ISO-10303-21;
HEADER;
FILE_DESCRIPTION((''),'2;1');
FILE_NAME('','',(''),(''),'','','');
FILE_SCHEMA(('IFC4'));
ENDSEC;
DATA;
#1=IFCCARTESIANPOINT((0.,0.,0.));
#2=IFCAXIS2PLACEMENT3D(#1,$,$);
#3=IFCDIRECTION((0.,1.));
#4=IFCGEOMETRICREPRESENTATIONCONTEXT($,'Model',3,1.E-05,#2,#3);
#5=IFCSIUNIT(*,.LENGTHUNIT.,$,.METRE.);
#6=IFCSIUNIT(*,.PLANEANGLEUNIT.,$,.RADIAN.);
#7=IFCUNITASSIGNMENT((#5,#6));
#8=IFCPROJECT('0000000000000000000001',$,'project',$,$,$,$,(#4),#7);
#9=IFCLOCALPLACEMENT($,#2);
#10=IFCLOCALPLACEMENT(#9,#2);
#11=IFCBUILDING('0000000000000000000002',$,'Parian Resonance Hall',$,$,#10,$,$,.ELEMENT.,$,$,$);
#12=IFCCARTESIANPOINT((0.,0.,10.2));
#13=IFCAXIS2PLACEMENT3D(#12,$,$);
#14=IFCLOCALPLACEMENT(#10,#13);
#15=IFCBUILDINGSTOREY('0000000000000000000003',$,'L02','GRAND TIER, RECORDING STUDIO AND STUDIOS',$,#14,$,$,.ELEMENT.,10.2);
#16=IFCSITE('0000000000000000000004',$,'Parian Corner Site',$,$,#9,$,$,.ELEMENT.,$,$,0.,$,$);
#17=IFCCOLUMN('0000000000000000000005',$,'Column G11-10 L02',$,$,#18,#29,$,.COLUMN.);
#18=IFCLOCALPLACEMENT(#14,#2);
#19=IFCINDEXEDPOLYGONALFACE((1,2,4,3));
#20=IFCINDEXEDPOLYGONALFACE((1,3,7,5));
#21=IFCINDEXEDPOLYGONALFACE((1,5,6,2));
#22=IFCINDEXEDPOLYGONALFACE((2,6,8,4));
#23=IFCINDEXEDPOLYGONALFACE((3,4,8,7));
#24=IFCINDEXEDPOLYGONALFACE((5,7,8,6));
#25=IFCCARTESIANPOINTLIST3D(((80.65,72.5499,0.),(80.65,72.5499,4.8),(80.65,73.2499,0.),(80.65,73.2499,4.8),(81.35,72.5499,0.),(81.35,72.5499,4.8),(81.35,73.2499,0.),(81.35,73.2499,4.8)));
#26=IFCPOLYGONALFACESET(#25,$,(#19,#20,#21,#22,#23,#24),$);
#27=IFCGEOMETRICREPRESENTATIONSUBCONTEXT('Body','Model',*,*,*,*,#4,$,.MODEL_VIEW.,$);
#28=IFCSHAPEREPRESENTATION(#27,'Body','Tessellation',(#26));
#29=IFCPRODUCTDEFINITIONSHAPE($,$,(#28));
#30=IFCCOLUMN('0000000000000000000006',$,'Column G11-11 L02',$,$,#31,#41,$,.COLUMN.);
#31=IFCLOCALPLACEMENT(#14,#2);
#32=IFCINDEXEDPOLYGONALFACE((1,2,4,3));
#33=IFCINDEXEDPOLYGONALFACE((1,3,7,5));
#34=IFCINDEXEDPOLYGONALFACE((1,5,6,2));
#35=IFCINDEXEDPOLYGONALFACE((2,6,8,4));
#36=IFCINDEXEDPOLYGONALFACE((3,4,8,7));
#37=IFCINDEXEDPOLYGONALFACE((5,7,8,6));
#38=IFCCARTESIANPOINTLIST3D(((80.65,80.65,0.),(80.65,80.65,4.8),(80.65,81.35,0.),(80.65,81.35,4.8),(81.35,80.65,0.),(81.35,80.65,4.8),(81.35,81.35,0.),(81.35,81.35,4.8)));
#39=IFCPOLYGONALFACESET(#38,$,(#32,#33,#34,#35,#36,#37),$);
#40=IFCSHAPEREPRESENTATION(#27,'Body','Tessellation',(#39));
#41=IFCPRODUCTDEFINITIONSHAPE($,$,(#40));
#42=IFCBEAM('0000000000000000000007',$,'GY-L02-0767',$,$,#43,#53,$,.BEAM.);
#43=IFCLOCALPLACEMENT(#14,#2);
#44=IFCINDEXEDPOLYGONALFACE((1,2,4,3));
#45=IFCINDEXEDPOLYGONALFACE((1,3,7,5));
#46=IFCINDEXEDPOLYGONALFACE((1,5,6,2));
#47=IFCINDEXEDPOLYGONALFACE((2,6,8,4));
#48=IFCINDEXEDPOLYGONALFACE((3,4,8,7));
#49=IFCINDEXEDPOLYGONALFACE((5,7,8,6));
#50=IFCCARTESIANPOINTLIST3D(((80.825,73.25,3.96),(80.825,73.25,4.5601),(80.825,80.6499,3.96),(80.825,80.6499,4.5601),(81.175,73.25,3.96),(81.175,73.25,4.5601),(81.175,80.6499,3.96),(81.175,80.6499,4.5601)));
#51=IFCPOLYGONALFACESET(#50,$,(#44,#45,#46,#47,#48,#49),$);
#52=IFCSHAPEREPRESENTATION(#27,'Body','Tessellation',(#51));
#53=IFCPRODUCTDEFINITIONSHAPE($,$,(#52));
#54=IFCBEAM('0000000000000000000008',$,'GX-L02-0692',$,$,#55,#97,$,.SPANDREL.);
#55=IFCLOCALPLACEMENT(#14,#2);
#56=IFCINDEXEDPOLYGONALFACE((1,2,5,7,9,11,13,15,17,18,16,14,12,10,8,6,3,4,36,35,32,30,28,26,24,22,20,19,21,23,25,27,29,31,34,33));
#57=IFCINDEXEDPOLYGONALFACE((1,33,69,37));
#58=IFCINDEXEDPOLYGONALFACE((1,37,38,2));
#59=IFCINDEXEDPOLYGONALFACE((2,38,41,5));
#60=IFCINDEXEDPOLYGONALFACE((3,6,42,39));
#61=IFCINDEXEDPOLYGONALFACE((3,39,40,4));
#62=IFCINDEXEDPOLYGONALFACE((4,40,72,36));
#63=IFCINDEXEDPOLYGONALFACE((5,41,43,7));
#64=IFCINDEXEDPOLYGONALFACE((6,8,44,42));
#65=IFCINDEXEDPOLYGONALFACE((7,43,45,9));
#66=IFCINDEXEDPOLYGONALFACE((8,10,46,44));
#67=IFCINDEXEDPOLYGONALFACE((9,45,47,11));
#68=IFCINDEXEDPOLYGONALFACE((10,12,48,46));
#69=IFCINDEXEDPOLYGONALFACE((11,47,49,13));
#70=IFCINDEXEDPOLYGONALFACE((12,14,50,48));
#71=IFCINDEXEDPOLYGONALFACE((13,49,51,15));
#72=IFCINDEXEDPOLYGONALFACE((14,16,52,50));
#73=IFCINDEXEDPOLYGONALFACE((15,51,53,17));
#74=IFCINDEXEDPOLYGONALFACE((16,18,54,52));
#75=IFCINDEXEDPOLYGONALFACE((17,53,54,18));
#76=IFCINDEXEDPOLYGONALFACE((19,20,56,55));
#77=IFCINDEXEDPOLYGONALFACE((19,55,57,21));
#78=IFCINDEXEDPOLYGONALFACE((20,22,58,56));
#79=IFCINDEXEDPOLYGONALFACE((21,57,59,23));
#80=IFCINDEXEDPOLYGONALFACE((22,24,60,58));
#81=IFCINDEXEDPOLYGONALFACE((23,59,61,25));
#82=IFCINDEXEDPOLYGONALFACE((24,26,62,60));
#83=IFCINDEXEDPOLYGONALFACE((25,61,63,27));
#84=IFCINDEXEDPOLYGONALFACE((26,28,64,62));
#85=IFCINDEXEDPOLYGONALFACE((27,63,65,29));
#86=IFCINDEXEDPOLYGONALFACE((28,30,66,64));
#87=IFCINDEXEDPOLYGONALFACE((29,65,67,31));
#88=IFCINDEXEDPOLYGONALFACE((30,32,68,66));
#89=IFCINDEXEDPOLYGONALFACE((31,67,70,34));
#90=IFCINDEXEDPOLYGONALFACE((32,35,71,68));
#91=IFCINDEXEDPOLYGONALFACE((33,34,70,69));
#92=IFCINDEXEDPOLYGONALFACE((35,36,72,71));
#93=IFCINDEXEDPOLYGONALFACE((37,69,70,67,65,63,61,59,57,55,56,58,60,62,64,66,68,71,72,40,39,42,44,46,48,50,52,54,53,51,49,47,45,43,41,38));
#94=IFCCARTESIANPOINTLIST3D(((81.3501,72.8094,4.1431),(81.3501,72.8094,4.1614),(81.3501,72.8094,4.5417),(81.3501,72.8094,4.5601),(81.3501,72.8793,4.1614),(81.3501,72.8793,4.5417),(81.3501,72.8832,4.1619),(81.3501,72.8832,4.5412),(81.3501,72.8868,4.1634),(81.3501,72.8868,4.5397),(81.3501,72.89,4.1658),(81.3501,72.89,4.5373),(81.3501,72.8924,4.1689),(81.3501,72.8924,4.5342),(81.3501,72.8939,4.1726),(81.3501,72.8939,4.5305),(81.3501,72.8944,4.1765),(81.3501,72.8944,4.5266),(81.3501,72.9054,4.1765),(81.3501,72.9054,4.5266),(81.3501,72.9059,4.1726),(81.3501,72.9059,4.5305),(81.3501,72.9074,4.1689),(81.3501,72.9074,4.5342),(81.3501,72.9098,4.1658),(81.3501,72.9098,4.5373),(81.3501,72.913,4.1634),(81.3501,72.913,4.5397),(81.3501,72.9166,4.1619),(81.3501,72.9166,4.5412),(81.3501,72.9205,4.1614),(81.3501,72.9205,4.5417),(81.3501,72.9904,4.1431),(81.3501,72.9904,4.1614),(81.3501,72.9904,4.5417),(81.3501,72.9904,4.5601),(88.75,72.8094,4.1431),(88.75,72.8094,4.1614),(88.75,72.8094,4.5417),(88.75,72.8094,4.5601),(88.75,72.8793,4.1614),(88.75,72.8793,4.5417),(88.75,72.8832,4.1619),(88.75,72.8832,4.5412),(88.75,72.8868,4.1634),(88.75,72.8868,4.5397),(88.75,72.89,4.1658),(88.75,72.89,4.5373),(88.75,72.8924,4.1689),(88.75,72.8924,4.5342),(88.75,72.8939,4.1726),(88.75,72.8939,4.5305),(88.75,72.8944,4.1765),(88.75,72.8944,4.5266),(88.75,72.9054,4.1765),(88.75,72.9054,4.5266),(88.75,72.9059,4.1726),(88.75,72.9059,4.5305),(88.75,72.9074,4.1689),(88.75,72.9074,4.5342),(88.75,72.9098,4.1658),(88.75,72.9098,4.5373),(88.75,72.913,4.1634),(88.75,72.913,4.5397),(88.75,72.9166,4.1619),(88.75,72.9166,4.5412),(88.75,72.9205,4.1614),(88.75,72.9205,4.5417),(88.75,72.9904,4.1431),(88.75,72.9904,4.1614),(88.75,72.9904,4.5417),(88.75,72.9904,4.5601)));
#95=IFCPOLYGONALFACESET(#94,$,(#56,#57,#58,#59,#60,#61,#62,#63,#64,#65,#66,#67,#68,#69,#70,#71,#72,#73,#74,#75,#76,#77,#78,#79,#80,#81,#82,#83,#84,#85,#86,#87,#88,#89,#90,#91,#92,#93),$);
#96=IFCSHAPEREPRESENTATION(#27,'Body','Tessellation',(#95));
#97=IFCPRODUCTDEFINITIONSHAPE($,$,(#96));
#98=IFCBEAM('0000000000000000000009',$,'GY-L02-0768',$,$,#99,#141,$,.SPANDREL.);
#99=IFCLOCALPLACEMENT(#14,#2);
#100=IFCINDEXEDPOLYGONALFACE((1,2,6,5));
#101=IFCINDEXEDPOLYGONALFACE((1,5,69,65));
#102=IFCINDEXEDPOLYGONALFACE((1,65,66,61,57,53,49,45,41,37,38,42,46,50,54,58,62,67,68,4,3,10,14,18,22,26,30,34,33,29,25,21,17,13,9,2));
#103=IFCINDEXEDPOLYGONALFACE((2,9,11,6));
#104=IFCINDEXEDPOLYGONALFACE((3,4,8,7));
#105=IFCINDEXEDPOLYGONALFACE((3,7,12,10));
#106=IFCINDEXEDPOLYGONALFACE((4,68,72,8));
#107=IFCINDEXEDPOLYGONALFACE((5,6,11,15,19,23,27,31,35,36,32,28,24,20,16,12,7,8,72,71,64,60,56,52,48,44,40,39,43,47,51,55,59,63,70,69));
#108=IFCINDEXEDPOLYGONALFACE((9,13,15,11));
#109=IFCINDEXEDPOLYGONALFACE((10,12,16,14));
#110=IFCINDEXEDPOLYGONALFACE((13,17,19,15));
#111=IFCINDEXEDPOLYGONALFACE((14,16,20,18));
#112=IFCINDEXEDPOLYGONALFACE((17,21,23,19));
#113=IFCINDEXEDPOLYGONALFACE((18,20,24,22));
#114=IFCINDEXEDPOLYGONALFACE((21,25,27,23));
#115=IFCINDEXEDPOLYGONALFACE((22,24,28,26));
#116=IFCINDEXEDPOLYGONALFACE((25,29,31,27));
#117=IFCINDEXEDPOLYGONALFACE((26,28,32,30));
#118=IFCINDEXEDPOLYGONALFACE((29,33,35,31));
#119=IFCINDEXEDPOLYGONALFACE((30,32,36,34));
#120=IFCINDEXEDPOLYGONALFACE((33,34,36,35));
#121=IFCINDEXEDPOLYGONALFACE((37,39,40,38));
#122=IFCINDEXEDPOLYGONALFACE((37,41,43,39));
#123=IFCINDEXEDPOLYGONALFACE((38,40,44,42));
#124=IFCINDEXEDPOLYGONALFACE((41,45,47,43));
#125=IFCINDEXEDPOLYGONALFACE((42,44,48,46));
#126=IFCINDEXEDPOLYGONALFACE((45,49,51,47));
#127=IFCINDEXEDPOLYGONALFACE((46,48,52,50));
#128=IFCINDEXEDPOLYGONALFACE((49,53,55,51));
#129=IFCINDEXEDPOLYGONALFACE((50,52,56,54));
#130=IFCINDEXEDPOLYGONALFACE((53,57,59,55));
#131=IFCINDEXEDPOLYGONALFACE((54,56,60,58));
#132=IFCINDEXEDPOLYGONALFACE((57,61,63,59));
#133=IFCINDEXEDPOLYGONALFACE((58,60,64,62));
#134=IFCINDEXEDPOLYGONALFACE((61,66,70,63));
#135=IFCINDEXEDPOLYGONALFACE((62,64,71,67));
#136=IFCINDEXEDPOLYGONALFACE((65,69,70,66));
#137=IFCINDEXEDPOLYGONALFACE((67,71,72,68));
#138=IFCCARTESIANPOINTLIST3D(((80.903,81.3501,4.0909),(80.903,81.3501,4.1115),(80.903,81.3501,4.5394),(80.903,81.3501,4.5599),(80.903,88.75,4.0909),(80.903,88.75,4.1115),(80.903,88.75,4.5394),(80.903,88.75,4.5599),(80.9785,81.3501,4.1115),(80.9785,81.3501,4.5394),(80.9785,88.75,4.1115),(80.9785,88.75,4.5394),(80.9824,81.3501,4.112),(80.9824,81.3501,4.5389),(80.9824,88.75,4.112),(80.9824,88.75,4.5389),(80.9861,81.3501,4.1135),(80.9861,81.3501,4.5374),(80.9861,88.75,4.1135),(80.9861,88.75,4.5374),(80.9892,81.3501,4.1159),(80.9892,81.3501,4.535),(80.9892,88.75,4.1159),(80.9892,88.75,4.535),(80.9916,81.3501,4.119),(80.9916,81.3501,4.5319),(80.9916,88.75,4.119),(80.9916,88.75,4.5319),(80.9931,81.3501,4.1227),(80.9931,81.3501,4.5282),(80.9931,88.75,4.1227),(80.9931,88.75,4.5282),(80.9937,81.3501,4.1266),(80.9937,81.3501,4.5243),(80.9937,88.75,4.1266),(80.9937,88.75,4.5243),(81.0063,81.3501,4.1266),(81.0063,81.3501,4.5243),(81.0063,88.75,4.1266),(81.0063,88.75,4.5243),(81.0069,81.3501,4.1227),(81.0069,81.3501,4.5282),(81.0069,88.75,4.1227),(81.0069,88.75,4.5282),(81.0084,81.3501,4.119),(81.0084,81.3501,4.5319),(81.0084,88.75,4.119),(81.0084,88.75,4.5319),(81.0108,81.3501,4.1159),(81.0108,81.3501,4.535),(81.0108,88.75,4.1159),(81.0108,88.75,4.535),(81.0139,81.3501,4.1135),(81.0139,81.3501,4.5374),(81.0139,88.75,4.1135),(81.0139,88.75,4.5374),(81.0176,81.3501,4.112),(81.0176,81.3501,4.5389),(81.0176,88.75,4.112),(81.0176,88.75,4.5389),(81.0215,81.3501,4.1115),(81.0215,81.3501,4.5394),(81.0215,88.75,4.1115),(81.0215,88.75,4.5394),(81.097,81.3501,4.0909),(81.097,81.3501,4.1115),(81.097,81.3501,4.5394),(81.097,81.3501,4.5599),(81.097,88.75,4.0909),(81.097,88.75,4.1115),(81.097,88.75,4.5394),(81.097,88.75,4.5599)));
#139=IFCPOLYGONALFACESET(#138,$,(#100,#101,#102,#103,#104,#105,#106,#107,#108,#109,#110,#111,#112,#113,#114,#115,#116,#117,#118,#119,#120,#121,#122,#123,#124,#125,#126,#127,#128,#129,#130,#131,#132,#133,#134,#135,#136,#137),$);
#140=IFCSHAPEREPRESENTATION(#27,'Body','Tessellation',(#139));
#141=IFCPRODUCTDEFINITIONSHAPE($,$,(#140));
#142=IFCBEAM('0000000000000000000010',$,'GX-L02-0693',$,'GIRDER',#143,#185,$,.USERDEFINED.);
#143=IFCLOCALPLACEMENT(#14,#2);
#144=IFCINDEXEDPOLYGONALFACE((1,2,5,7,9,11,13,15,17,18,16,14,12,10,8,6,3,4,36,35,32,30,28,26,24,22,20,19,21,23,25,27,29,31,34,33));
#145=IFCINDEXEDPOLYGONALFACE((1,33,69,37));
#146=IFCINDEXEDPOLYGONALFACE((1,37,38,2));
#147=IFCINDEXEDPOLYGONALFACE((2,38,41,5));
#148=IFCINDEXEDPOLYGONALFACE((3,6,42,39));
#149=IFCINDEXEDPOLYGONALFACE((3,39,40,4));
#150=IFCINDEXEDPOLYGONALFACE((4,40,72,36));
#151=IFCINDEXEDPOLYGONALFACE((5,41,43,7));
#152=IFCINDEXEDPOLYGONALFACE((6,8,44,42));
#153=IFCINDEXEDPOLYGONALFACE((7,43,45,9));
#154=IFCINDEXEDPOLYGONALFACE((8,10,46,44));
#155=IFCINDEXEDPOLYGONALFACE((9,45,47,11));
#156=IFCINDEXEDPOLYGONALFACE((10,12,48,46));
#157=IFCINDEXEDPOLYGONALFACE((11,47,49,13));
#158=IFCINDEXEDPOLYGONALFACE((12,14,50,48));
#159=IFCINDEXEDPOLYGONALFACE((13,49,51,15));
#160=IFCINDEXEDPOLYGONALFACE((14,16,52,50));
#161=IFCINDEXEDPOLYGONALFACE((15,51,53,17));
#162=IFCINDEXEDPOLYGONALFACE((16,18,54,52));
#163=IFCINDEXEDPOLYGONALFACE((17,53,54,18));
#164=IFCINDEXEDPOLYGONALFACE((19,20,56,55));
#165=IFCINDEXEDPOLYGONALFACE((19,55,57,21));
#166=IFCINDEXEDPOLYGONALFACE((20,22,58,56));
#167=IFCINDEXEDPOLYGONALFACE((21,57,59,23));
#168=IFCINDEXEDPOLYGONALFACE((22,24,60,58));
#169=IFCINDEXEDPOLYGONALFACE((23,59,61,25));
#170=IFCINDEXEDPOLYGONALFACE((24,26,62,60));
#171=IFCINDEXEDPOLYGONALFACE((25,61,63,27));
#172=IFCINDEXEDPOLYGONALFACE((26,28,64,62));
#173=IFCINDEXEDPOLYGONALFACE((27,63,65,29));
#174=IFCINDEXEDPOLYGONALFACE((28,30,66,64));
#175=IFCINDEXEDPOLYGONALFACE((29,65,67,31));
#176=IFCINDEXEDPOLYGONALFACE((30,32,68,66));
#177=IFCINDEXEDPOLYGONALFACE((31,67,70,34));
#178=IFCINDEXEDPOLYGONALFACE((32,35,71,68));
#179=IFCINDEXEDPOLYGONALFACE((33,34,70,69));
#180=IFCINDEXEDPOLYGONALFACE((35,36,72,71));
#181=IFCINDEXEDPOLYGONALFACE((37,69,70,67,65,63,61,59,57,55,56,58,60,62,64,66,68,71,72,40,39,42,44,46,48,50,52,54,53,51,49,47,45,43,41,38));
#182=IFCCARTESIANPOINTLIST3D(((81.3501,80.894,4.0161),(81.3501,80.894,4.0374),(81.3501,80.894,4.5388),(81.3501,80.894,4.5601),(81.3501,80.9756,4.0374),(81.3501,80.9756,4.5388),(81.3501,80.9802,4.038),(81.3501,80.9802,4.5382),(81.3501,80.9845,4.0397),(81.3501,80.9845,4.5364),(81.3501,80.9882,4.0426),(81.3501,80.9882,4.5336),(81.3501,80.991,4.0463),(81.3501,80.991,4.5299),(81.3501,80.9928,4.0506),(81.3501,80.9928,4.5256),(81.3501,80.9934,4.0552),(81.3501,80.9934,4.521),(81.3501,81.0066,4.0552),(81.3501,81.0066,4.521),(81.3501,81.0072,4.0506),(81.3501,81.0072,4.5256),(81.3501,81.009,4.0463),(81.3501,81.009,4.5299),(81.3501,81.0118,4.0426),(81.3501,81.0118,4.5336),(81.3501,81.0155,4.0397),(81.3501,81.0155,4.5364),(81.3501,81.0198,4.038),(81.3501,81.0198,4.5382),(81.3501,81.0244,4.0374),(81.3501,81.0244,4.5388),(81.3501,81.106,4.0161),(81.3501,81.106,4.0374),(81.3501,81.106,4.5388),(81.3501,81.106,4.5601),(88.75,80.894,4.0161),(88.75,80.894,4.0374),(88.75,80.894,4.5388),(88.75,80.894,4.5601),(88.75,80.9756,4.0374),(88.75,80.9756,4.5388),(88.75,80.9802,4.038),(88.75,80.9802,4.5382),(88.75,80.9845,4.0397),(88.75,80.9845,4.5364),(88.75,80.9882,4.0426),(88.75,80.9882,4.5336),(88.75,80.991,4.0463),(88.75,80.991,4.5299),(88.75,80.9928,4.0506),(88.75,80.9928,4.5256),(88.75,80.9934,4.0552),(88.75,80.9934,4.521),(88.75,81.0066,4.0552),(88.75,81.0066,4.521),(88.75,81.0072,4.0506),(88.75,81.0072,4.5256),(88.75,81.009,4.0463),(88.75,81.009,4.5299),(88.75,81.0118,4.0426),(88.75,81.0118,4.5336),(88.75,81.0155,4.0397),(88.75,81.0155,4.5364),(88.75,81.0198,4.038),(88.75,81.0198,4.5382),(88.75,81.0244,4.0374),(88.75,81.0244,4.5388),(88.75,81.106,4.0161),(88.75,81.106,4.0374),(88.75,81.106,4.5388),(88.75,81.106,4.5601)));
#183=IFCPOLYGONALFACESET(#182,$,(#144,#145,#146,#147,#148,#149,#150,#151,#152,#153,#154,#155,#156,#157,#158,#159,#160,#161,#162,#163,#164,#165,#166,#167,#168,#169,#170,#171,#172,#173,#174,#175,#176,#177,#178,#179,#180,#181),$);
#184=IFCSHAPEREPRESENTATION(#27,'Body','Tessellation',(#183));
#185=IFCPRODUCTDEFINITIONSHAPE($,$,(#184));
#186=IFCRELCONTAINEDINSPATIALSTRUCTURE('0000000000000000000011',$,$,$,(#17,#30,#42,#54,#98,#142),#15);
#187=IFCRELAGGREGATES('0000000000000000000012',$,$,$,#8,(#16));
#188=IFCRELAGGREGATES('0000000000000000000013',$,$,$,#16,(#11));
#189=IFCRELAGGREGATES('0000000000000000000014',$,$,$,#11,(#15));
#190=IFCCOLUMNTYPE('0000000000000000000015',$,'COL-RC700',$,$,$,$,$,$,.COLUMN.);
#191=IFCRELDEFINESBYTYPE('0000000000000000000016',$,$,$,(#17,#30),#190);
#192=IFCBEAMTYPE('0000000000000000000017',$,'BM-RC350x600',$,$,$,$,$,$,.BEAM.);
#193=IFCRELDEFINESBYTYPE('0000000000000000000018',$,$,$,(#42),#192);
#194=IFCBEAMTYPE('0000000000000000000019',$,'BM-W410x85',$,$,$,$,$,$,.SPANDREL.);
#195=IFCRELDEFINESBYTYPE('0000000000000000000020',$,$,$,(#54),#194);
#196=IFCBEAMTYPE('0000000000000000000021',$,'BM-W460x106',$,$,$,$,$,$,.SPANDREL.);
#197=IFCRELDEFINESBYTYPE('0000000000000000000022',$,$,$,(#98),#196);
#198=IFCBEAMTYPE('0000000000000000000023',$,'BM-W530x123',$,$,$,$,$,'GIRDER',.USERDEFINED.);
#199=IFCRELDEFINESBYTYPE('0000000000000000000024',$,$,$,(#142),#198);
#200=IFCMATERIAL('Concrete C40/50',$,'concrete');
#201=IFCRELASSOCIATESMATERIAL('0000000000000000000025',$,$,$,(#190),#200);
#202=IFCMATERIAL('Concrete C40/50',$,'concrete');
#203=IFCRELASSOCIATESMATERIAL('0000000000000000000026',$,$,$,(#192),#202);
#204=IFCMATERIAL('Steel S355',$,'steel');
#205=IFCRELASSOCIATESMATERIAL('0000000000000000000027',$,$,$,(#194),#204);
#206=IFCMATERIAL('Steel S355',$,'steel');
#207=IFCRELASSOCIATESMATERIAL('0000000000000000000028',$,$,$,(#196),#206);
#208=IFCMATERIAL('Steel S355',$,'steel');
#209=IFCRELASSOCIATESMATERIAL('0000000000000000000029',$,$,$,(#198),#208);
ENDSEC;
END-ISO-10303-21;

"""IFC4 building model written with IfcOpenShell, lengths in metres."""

from ifc_helpers import new_model, si_unit, direction, frame, origin, origin_2d, place, context, subcontext, project, spatial, rectangle, i_section, extrude, material, material_profile, profile_set, type_object, element, save


model = new_model("IFC4")

# Units and contexts
model_context = context("Model", 3, precision=1e-05, world=origin(), true_north=direction((0.0, 1.0)))
body_context = subcontext(model_context, "Body", "Model", "MODEL_VIEW")
ifc_project = project(units=[si_unit("LENGTHUNIT", "METRE"), si_unit("PLANEANGLEUNIT", "RADIAN")], contexts=[model_context])

# Site, building, storey
site_placement = place(None, origin())
site = spatial("IfcSite", under=ifc_project, at=site_placement, Name="Parian Corner Site", CompositionType="ELEMENT", RefElevation=0.0)
building_placement = place(site_placement, origin())
building = spatial("IfcBuilding", under=site, at=building_placement, Name="Parian Resonance Hall", CompositionType="ELEMENT")
storey_placement = place(building_placement, frame((0.0, 0.0, 10.2)))
storey = spatial("IfcBuildingStorey", under=building, at=storey_placement, Name="L02", Description="GRAND TIER, RECORDING STUDIO AND STUDIOS", CompositionType="ELEMENT", Elevation=10.2)

# Columns
ifc_material_1 = material(Name="Concrete C40/50", Category="concrete")
ifc_material_profile_1 = material_profile(ifc_material_1, rectangle(XDim=0.7, YDim=0.7, at=origin_2d()), Name="RC-COL-700x700")
ifc_profile_set_1 = profile_set([ifc_material_profile_1], Name="Concrete C40/50")
column_type = type_object("IfcColumnType", Name="COL-RC700", PredefinedType="COLUMN", material=ifc_profile_set_1)
for number, where, z_axis, x_axis, name in (
    (1, (81.0, 72.8999, 0.0), (0.0, 0.0, 1.0), (1.0, 0.0, 0.0), "Column G11-10 L02"),
    (2, (81.0, 81.0, 0.0), (0.0, 0.0, 1.0), (1.0, 0.0, 0.0), "Column G11-11 L02"),
):
    element("IfcColumn", number, at=place(storey_placement, frame(where, z_axis=z_axis, x_axis=x_axis)), inside=storey, type_object=column_type, Name=name, PredefinedType="COLUMN", context=body_context, shape_type="SweptSolid", body=[
        extrude(rectangle(XDim=0.7, YDim=0.7, at=origin_2d()), origin(), (0.0, 0.0, 1.0), 4.8),
    ])

# Beams
ifc_material_2 = material(Name="Concrete C40/50", Category="concrete")
ifc_material_profile_2 = material_profile(ifc_material_2, rectangle(XDim=0.3501, YDim=0.6001, at=origin_2d()), Name="RC-BM-350x600")
ifc_profile_set_2 = profile_set([ifc_material_profile_2], Name="Concrete C40/50")
beam_type_1 = type_object("IfcBeamType", Name="BM-RC350x600", PredefinedType="BEAM", material=ifc_profile_set_2)
beam_1_placement = place(storey_placement, frame((81.0, 73.25, 4.26), z_axis=(0.0, 1.0, 0.0), x_axis=(-1.0, 0.0, 0.0)))
element("IfcBeam", 3, at=beam_1_placement, inside=storey, type_object=beam_type_1, Name="GY-L02-0767", PredefinedType="BEAM", context=body_context, shape_type="SweptSolid", body=[
    extrude(rectangle(XDim=0.3501, YDim=0.6001, at=origin_2d()), origin(), (0.0, 0.0, 1.0), 7.3999),
])
ifc_material_3 = material(Name="Steel S355", Category="steel")
ifc_material_profile_3 = material_profile(ifc_material_3, i_section(OverallWidth=0.1809, OverallDepth=0.417, WebThickness=0.011, FlangeThickness=0.0183, FilletRadius=0.0151, at=origin_2d()), Name="W410x85")
ifc_profile_set_3 = profile_set([ifc_material_profile_3], Name="Steel S355")
beam_type_2 = type_object("IfcBeamType", Name="BM-W410x85", PredefinedType="SPANDREL", material=ifc_profile_set_3)
beam_2_placement = place(storey_placement, frame((81.3501, 72.8999, 4.3516), z_axis=(1.0, 0.0, 0.0), x_axis=(0.0, 1.0, 0.0)))
element("IfcBeam", 4, at=beam_2_placement, inside=storey, type_object=beam_type_2, Name="GX-L02-0692", PredefinedType="SPANDREL", context=body_context, shape_type="SweptSolid", body=[
    extrude(i_section(OverallWidth=0.1809, OverallDepth=0.417, WebThickness=0.011, FlangeThickness=0.0183, FilletRadius=0.0151, at=origin_2d()), origin(), (0.0, 0.0, 1.0), 7.3999),
])
ifc_material_4 = material(Name="Steel S355", Category="steel")
ifc_material_profile_4 = material_profile(ifc_material_4, i_section(OverallWidth=0.1941, OverallDepth=0.469, WebThickness=0.0127, FlangeThickness=0.0205, FilletRadius=0.0151, at=origin_2d()), Name="W460x106")
ifc_profile_set_4 = profile_set([ifc_material_profile_4], Name="Steel S355")
beam_type_3 = type_object("IfcBeamType", Name="BM-W460x106", PredefinedType="SPANDREL", material=ifc_profile_set_4)
beam_3_placement = place(storey_placement, frame((81.0, 81.3501, 4.3254), z_axis=(0.0, 1.0, 0.0), x_axis=(-1.0, 0.0, 0.0)))
element("IfcBeam", 5, at=beam_3_placement, inside=storey, type_object=beam_type_3, Name="GY-L02-0768", PredefinedType="SPANDREL", context=body_context, shape_type="SweptSolid", body=[
    extrude(i_section(OverallWidth=0.1941, OverallDepth=0.469, WebThickness=0.0127, FlangeThickness=0.0205, FilletRadius=0.0151, at=origin_2d()), origin(), (0.0, 0.0, 1.0), 7.3999),
])
ifc_material_5 = material(Name="Steel S355", Category="steel")
ifc_material_profile_5 = material_profile(ifc_material_5, i_section(OverallWidth=0.2119, OverallDepth=0.5439, WebThickness=0.0132, FlangeThickness=0.0212, FilletRadius=0.0178, at=origin_2d()), Name="W530x123")
ifc_profile_set_5 = profile_set([ifc_material_profile_5], Name="Steel S355")
beam_type_4 = type_object("IfcBeamType", Name="BM-W530x123", ElementType="GIRDER", PredefinedType="USERDEFINED", material=ifc_profile_set_5)
beam_4_placement = place(storey_placement, frame((81.3501, 81.0, 4.2881), z_axis=(1.0, 0.0, 0.0), x_axis=(0.0, 1.0, 0.0)))
element("IfcBeam", 6, at=beam_4_placement, inside=storey, type_object=beam_type_4, Name="GX-L02-0693", ObjectType="GIRDER", PredefinedType="USERDEFINED", context=body_context, shape_type="SweptSolid", body=[
    extrude(i_section(OverallWidth=0.2119, OverallDepth=0.5439, WebThickness=0.0132, FlangeThickness=0.0212, FilletRadius=0.0178, at=origin_2d()), origin(), (0.0, 0.0, 1.0), 7.3999),
])

save(model, "model.ifc")
